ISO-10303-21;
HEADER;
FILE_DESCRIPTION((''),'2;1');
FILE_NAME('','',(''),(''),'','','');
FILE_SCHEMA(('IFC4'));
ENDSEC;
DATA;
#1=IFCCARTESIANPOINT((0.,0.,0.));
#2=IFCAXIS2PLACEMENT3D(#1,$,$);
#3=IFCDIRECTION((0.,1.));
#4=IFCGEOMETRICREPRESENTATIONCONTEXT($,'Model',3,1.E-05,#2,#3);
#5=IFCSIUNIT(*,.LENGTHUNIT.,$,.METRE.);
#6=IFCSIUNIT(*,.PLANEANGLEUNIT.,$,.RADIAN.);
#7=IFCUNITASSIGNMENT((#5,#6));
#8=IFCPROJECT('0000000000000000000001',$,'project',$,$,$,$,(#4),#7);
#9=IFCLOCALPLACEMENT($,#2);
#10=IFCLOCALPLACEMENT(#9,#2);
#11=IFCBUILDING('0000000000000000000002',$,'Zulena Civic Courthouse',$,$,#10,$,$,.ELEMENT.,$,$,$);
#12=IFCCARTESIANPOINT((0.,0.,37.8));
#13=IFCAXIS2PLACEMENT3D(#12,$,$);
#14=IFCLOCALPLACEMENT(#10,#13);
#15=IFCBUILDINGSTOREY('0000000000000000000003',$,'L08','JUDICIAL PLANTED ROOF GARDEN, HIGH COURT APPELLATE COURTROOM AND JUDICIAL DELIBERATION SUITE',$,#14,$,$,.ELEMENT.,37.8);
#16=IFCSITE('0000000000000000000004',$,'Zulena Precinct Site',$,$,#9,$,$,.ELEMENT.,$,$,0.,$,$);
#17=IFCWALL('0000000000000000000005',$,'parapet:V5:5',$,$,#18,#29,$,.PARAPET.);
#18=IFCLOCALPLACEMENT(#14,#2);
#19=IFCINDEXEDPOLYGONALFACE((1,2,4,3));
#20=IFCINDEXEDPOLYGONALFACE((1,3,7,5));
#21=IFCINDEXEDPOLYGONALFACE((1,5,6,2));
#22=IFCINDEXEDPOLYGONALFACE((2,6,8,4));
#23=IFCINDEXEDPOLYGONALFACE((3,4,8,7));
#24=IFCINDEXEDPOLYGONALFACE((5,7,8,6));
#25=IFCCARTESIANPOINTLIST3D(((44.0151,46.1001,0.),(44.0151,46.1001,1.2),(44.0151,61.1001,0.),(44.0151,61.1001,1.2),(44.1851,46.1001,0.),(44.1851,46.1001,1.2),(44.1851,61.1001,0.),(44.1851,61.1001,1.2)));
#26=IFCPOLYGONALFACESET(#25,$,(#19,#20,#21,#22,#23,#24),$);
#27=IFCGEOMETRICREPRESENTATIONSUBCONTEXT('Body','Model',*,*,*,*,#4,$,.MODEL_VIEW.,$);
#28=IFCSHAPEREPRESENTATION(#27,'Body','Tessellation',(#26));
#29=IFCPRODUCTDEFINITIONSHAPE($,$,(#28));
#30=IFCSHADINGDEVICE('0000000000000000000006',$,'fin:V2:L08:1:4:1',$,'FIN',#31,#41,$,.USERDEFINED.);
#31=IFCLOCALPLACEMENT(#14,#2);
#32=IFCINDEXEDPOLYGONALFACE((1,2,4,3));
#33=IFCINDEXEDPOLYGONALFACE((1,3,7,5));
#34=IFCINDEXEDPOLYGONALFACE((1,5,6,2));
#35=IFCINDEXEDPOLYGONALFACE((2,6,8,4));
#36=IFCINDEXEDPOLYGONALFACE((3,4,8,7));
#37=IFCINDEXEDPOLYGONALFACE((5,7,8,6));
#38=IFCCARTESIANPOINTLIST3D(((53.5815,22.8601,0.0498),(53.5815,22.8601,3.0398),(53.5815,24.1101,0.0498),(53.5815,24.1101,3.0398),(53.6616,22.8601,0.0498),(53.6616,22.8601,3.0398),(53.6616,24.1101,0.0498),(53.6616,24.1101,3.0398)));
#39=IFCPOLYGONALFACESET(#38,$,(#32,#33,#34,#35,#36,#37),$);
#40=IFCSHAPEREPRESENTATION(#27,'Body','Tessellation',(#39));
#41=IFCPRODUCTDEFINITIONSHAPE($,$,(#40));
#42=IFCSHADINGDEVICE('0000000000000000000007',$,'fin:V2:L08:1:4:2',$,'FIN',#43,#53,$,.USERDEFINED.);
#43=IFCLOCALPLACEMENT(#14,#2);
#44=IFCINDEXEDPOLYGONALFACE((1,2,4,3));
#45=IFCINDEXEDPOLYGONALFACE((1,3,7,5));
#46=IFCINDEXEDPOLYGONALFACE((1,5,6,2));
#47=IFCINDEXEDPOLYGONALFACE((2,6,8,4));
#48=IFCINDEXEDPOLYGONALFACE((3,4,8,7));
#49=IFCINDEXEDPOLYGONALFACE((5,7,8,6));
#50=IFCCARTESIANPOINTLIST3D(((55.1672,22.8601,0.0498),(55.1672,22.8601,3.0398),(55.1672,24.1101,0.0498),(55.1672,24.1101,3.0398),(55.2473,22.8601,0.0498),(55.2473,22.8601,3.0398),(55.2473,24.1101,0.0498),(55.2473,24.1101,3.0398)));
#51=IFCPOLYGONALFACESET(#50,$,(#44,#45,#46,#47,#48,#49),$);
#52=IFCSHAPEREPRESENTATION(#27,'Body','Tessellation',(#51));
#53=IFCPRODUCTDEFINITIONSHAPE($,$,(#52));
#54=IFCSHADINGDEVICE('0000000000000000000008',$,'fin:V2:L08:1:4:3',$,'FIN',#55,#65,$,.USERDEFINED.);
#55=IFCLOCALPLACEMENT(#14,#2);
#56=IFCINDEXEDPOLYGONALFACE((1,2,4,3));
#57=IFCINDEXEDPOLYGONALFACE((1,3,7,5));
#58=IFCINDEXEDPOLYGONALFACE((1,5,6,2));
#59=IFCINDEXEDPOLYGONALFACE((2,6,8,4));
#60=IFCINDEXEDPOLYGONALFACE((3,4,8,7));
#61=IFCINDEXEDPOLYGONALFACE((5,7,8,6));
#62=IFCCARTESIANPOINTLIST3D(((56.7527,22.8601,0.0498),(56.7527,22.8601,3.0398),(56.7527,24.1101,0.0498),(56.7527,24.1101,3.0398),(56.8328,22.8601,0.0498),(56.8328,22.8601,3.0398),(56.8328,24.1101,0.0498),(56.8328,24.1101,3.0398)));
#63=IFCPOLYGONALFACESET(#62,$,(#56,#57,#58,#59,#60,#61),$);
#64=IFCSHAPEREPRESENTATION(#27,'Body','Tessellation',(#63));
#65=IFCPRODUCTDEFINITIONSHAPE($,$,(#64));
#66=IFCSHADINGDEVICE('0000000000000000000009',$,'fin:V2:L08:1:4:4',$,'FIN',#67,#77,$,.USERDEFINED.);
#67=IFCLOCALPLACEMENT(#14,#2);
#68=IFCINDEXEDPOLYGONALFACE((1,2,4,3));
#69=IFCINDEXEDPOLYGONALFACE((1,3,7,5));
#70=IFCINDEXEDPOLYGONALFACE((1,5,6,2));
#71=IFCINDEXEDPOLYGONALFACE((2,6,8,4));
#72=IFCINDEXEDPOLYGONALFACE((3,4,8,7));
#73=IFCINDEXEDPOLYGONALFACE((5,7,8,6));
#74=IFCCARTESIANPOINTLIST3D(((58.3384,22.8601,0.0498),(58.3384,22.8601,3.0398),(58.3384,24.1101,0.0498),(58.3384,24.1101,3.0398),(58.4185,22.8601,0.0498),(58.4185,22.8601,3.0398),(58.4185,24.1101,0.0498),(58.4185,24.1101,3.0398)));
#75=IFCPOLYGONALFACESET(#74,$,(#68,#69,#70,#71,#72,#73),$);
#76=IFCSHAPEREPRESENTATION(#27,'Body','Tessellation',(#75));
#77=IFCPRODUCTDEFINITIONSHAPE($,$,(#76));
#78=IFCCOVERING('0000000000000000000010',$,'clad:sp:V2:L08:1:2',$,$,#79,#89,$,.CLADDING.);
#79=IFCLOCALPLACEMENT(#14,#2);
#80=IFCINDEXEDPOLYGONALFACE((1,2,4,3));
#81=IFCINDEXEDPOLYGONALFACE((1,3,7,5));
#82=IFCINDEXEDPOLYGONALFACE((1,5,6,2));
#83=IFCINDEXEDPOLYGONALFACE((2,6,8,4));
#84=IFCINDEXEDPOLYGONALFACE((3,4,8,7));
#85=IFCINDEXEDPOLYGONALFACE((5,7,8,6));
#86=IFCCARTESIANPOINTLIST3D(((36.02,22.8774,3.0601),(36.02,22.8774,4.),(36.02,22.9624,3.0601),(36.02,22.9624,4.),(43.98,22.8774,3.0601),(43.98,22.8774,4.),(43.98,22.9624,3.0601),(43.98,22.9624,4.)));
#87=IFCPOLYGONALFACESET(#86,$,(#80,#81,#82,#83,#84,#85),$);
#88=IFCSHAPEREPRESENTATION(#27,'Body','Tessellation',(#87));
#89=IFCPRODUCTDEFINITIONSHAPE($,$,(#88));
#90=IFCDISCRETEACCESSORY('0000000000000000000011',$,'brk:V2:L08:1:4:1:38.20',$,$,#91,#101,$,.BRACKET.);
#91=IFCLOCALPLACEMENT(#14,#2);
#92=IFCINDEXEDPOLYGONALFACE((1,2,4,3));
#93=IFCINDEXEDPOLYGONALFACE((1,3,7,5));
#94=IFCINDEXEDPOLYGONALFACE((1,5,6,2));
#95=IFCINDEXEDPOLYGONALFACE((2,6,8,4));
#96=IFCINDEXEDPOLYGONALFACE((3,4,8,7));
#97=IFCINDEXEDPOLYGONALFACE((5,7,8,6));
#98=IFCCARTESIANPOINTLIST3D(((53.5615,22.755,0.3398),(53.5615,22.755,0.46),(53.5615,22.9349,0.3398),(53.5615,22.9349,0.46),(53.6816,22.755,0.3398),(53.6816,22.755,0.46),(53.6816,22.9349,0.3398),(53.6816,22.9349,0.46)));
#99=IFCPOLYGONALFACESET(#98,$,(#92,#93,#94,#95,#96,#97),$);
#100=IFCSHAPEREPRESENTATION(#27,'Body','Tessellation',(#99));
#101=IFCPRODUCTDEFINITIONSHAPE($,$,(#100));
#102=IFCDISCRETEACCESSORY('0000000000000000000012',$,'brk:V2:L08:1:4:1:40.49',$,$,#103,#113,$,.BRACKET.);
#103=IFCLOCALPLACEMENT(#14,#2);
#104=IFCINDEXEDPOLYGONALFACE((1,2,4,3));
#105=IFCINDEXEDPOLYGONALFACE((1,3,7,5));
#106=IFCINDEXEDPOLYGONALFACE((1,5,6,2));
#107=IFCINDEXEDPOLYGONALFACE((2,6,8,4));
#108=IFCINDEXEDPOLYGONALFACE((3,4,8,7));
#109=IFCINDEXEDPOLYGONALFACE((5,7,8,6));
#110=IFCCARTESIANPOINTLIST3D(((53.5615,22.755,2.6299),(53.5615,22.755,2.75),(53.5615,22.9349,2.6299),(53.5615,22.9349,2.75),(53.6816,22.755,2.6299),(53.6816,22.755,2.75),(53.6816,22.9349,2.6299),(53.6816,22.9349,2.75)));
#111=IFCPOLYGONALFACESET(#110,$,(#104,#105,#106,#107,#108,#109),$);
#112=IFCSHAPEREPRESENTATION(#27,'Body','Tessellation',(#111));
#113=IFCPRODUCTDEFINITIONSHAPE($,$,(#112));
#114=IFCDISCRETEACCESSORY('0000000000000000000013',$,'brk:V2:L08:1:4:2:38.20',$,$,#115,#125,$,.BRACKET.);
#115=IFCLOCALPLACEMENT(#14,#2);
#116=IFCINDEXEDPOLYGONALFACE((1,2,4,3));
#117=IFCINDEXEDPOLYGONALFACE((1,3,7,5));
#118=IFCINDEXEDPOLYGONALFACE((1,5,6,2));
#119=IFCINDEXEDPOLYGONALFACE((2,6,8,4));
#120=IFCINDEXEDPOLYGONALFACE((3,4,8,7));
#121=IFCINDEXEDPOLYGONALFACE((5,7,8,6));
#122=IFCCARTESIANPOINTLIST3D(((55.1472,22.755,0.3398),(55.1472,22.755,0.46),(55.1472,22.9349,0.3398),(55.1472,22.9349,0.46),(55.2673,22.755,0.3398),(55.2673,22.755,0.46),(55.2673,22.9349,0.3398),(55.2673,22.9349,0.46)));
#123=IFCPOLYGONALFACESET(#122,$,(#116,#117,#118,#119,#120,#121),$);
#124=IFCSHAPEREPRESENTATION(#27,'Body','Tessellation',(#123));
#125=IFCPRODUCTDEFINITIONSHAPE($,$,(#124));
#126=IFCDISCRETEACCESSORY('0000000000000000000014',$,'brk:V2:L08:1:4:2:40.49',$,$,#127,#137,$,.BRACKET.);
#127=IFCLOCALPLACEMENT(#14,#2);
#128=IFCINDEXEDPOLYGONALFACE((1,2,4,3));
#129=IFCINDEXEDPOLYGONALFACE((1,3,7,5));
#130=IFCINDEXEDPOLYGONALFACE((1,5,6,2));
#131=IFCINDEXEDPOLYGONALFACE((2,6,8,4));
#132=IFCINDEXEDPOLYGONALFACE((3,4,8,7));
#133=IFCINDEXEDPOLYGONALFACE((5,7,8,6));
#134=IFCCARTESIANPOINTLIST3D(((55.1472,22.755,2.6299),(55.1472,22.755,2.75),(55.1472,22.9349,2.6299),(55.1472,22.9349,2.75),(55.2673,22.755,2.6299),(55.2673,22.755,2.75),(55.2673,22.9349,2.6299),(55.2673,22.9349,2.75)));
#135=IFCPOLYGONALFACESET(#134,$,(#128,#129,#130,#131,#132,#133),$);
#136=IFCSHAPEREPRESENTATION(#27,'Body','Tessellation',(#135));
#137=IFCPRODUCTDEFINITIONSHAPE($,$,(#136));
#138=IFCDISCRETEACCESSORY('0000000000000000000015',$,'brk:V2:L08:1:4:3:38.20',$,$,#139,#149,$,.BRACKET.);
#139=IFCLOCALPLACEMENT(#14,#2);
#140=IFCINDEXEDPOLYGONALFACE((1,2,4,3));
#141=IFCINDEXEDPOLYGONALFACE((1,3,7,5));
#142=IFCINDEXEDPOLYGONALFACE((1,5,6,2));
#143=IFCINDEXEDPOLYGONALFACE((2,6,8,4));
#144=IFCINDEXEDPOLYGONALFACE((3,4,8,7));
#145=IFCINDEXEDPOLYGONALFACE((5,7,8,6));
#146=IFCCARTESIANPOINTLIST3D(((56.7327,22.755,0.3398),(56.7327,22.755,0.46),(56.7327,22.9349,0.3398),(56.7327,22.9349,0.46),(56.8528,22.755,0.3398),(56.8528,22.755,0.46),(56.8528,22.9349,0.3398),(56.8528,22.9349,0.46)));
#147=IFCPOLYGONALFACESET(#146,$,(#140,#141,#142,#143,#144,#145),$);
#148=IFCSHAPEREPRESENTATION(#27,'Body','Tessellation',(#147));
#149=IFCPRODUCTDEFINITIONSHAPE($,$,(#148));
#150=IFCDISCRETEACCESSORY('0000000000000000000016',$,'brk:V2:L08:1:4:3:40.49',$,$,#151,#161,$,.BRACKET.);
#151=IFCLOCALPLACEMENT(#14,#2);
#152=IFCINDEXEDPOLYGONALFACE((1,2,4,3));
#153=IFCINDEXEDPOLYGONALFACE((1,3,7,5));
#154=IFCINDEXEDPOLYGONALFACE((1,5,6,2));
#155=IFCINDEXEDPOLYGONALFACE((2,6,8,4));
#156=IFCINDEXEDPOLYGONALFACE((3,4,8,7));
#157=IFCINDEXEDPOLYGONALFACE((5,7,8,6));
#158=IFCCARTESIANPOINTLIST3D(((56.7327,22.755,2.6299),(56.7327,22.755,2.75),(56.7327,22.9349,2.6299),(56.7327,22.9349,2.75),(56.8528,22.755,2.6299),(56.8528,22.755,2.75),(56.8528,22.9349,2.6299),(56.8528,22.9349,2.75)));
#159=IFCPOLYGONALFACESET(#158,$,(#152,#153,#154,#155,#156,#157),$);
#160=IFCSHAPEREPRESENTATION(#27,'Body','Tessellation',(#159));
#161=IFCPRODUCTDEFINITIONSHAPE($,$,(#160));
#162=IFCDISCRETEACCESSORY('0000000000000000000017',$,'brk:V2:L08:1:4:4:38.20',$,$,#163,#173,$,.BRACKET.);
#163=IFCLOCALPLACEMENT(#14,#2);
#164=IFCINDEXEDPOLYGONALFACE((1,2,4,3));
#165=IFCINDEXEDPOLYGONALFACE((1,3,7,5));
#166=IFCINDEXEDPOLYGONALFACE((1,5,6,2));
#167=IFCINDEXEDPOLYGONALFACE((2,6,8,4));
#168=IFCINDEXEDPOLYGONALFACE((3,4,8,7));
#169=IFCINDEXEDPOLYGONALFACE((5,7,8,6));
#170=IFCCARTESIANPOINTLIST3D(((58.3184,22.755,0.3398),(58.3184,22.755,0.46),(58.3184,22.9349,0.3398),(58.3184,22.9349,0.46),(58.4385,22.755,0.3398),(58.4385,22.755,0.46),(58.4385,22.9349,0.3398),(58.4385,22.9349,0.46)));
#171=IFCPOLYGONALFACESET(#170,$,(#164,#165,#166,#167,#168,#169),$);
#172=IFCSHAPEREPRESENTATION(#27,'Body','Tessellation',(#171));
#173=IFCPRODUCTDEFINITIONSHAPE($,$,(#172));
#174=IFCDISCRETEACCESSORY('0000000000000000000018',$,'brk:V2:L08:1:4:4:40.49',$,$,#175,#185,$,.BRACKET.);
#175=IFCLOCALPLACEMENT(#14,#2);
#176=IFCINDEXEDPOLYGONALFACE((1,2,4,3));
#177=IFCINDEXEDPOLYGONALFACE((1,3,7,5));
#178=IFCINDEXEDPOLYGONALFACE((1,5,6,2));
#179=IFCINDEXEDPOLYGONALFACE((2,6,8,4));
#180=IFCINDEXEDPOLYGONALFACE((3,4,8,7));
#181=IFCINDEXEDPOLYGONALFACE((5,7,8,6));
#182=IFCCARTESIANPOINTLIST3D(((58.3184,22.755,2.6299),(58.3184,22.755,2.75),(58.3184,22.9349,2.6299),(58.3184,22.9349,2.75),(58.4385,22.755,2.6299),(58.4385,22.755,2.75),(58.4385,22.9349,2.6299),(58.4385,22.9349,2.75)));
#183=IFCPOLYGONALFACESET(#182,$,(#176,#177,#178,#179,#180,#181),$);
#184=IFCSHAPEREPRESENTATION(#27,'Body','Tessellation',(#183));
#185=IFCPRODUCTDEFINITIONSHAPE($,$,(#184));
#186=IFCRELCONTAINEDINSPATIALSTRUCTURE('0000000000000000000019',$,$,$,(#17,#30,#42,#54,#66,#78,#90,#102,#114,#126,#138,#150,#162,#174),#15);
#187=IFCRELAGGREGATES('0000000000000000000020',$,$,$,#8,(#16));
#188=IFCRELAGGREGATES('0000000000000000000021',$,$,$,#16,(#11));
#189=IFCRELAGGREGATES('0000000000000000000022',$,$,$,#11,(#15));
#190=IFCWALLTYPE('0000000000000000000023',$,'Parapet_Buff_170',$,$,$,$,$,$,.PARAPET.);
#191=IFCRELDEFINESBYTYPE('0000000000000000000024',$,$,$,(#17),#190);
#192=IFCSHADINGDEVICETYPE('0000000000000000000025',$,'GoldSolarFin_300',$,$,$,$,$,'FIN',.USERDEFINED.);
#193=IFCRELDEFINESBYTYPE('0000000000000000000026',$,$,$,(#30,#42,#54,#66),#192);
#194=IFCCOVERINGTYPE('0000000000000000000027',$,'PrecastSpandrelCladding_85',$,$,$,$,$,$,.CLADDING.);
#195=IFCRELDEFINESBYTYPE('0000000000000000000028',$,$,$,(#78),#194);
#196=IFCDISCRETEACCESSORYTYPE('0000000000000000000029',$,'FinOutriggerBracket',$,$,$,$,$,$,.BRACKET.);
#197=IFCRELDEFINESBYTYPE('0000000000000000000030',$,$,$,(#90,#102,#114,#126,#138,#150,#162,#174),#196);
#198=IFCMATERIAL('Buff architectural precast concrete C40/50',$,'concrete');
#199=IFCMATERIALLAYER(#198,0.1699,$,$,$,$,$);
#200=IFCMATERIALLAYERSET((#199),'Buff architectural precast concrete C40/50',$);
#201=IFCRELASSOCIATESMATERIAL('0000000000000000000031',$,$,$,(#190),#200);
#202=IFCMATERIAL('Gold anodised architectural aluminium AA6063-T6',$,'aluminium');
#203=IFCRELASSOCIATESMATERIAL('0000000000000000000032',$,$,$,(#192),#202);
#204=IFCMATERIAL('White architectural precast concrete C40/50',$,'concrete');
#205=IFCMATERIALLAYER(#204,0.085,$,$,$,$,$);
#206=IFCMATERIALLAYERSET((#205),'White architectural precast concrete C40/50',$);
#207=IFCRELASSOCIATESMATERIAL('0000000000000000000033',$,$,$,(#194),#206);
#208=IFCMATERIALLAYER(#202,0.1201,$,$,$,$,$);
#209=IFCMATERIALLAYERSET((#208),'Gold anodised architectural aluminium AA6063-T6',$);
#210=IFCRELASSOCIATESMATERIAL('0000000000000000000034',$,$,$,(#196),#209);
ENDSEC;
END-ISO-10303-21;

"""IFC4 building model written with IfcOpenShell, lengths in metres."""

from ifc_helpers import new_model, si_unit, direction, frame, frame_2d, origin, origin_2d, place, context, subcontext, project, spatial, rectangle, extrude, material, layer, layer_set, type_object, element, save


model = new_model("IFC4")

# Units and contexts
model_context = context("Model", 3, precision=1e-05, world=origin(), true_north=direction((0.0, 1.0)))
body_context = subcontext(model_context, "Body", "Model", "MODEL_VIEW")
ifc_project = project(units=[si_unit("LENGTHUNIT", "METRE"), si_unit("PLANEANGLEUNIT", "RADIAN")], contexts=[model_context])

# Site, building, storey
site_placement = place(None, origin())
site = spatial("IfcSite", under=ifc_project, at=site_placement, Name="Zulena Precinct Site", CompositionType="ELEMENT", RefElevation=0.0)
building_placement = place(site_placement, origin())
building = spatial("IfcBuilding", under=site, at=building_placement, Name="Zulena Civic Courthouse", CompositionType="ELEMENT")
storey_placement = place(building_placement, frame((0.0, 0.0, 37.8)))
storey = spatial("IfcBuildingStorey", under=building, at=storey_placement, Name="L08", Description="JUDICIAL PLANTED ROOF GARDEN, HIGH COURT APPELLATE COURTROOM AND JUDICIAL DELIBERATION SUITE", CompositionType="ELEMENT", Elevation=37.8)

# Shared definitions
ifc_material_1 = material(Name="White architectural precast concrete C40/50", Category="concrete")

# Wall
ifc_material_2 = material(Name="Buff architectural precast concrete C40/50", Category="concrete")
ifc_layer_1 = layer(ifc_material_2, 0.1699)
ifc_layer_set_1 = layer_set([ifc_layer_1], Name="Buff architectural precast concrete C40/50")
wall_type_1 = type_object("IfcWallType", Name="Parapet_Buff_170", PredefinedType="PARAPET", material=ifc_layer_set_1)
wall_1_placement = place(storey_placement, frame((44.1001, 61.1001, 0.0), z_axis=(0.0, 0.0, 1.0), x_axis=(0.0, -1.0, 0.0)))
element("IfcWall", 1, at=wall_1_placement, inside=storey, type_object=wall_type_1, Name="parapet:V5:5", PredefinedType="PARAPET", context=body_context, shape_type="SweptSolid", body=[
    extrude(rectangle(XDim=15.0, YDim=0.1699, at=frame_2d((7.5, 0.0))), origin(), (0.0, 0.0, 1.0), 1.2),
])

# Shading devices
ifc_material_3 = material(Name="Gold anodised architectural aluminium AA6063-T6", Category="aluminium")
shading_device_type = type_object("IfcShadingDeviceType", Name="GoldSolarFin_300", ElementType="FIN", PredefinedType="USERDEFINED", material=ifc_material_3)
for number, where, z_axis, x_axis, name in (
    (2, (53.6216, 23.4851, 0.0498), (0.0, 0.0, 1.0), (0.0, 1.0, 0.0), "fin:V2:L08:1:4:1"),
    (3, (55.2073, 23.4851, 0.0498), (0.0, 0.0, 1.0), (0.0, 1.0, 0.0), "fin:V2:L08:1:4:2"),
    (4, (56.7927, 23.4851, 0.0498), (0.0, 0.0, 1.0), (0.0, 1.0, 0.0), "fin:V2:L08:1:4:3"),
    (5, (58.3784, 23.4851, 0.0498), (0.0, 0.0, 1.0), (0.0, 1.0, 0.0), "fin:V2:L08:1:4:4"),
):
    element("IfcShadingDevice", number, at=place(storey_placement, frame(where, z_axis=z_axis, x_axis=x_axis)), inside=storey, type_object=shading_device_type, Name=name, ObjectType="FIN", PredefinedType="USERDEFINED", context=body_context, shape_type="SweptSolid", body=[
        extrude(rectangle(XDim=1.25, YDim=0.0801, at=origin_2d()), origin(), (0.0, 0.0, 1.0), 2.99),
    ])

# Covering
ifc_layer_2 = layer(ifc_material_1, 0.085)
ifc_layer_set_2 = layer_set([ifc_layer_2], Name="White architectural precast concrete C40/50")
covering_type = type_object("IfcCoveringType", Name="PrecastSpandrelCladding_85", PredefinedType="CLADDING", material=ifc_layer_set_2)
covering_placement = place(storey_placement, frame((40.0, 22.9199, 3.0601), z_axis=(0.0, 0.0, 1.0), x_axis=(1.0, 0.0, 0.0)))
element("IfcCovering", 6, at=covering_placement, inside=storey, type_object=covering_type, Name="clad:sp:V2:L08:1:2", PredefinedType="CLADDING", context=body_context, shape_type="SweptSolid", body=[
    extrude(rectangle(XDim=7.96, YDim=0.085, at=origin_2d()), origin(), (0.0, 0.0, 1.0), 0.9399),
])

# Discrete accessories
ifc_layer_3 = layer(ifc_material_3, 0.1201)
ifc_layer_set_3 = layer_set([ifc_layer_3], Name="Gold anodised architectural aluminium AA6063-T6")
discrete_accessory_type = type_object("IfcDiscreteAccessoryType", Name="FinOutriggerBracket", PredefinedType="BRACKET", material=ifc_layer_set_3)
for number, where, z_axis, x_axis, name in (
    (7, (53.6216, 22.845, 0.3398), (0.0, 0.0, 1.0), (0.0, 1.0, 0.0), "brk:V2:L08:1:4:1:38.20"),
    (8, (53.6216, 22.845, 2.6299), (0.0, 0.0, 1.0), (0.0, 1.0, 0.0), "brk:V2:L08:1:4:1:40.49"),
    (9, (55.2073, 22.845, 0.3398), (0.0, 0.0, 1.0), (0.0, 1.0, 0.0), "brk:V2:L08:1:4:2:38.20"),
    (10, (55.2073, 22.845, 2.6299), (0.0, 0.0, 1.0), (0.0, 1.0, 0.0), "brk:V2:L08:1:4:2:40.49"),
    (11, (56.7927, 22.845, 0.3398), (0.0, 0.0, 1.0), (0.0, 1.0, 0.0), "brk:V2:L08:1:4:3:38.20"),
    (12, (56.7927, 22.845, 2.6299), (0.0, 0.0, 1.0), (0.0, 1.0, 0.0), "brk:V2:L08:1:4:3:40.49"),
    (13, (58.3784, 22.845, 0.3398), (0.0, 0.0, 1.0), (0.0, 1.0, 0.0), "brk:V2:L08:1:4:4:38.20"),
    (14, (58.3784, 22.845, 2.6299), (0.0, 0.0, 1.0), (0.0, 1.0, 0.0), "brk:V2:L08:1:4:4:40.49"),
):
    element("IfcDiscreteAccessory", number, at=place(storey_placement, frame(where, z_axis=z_axis, x_axis=x_axis)), inside=storey, type_object=discrete_accessory_type, Name=name, PredefinedType="BRACKET", context=body_context, shape_type="SweptSolid", body=[
        extrude(rectangle(XDim=0.1799, YDim=0.1201, at=origin_2d()), origin(), (0.0, 0.0, 1.0), 0.1201),
    ])

save(model, "model.ifc")
